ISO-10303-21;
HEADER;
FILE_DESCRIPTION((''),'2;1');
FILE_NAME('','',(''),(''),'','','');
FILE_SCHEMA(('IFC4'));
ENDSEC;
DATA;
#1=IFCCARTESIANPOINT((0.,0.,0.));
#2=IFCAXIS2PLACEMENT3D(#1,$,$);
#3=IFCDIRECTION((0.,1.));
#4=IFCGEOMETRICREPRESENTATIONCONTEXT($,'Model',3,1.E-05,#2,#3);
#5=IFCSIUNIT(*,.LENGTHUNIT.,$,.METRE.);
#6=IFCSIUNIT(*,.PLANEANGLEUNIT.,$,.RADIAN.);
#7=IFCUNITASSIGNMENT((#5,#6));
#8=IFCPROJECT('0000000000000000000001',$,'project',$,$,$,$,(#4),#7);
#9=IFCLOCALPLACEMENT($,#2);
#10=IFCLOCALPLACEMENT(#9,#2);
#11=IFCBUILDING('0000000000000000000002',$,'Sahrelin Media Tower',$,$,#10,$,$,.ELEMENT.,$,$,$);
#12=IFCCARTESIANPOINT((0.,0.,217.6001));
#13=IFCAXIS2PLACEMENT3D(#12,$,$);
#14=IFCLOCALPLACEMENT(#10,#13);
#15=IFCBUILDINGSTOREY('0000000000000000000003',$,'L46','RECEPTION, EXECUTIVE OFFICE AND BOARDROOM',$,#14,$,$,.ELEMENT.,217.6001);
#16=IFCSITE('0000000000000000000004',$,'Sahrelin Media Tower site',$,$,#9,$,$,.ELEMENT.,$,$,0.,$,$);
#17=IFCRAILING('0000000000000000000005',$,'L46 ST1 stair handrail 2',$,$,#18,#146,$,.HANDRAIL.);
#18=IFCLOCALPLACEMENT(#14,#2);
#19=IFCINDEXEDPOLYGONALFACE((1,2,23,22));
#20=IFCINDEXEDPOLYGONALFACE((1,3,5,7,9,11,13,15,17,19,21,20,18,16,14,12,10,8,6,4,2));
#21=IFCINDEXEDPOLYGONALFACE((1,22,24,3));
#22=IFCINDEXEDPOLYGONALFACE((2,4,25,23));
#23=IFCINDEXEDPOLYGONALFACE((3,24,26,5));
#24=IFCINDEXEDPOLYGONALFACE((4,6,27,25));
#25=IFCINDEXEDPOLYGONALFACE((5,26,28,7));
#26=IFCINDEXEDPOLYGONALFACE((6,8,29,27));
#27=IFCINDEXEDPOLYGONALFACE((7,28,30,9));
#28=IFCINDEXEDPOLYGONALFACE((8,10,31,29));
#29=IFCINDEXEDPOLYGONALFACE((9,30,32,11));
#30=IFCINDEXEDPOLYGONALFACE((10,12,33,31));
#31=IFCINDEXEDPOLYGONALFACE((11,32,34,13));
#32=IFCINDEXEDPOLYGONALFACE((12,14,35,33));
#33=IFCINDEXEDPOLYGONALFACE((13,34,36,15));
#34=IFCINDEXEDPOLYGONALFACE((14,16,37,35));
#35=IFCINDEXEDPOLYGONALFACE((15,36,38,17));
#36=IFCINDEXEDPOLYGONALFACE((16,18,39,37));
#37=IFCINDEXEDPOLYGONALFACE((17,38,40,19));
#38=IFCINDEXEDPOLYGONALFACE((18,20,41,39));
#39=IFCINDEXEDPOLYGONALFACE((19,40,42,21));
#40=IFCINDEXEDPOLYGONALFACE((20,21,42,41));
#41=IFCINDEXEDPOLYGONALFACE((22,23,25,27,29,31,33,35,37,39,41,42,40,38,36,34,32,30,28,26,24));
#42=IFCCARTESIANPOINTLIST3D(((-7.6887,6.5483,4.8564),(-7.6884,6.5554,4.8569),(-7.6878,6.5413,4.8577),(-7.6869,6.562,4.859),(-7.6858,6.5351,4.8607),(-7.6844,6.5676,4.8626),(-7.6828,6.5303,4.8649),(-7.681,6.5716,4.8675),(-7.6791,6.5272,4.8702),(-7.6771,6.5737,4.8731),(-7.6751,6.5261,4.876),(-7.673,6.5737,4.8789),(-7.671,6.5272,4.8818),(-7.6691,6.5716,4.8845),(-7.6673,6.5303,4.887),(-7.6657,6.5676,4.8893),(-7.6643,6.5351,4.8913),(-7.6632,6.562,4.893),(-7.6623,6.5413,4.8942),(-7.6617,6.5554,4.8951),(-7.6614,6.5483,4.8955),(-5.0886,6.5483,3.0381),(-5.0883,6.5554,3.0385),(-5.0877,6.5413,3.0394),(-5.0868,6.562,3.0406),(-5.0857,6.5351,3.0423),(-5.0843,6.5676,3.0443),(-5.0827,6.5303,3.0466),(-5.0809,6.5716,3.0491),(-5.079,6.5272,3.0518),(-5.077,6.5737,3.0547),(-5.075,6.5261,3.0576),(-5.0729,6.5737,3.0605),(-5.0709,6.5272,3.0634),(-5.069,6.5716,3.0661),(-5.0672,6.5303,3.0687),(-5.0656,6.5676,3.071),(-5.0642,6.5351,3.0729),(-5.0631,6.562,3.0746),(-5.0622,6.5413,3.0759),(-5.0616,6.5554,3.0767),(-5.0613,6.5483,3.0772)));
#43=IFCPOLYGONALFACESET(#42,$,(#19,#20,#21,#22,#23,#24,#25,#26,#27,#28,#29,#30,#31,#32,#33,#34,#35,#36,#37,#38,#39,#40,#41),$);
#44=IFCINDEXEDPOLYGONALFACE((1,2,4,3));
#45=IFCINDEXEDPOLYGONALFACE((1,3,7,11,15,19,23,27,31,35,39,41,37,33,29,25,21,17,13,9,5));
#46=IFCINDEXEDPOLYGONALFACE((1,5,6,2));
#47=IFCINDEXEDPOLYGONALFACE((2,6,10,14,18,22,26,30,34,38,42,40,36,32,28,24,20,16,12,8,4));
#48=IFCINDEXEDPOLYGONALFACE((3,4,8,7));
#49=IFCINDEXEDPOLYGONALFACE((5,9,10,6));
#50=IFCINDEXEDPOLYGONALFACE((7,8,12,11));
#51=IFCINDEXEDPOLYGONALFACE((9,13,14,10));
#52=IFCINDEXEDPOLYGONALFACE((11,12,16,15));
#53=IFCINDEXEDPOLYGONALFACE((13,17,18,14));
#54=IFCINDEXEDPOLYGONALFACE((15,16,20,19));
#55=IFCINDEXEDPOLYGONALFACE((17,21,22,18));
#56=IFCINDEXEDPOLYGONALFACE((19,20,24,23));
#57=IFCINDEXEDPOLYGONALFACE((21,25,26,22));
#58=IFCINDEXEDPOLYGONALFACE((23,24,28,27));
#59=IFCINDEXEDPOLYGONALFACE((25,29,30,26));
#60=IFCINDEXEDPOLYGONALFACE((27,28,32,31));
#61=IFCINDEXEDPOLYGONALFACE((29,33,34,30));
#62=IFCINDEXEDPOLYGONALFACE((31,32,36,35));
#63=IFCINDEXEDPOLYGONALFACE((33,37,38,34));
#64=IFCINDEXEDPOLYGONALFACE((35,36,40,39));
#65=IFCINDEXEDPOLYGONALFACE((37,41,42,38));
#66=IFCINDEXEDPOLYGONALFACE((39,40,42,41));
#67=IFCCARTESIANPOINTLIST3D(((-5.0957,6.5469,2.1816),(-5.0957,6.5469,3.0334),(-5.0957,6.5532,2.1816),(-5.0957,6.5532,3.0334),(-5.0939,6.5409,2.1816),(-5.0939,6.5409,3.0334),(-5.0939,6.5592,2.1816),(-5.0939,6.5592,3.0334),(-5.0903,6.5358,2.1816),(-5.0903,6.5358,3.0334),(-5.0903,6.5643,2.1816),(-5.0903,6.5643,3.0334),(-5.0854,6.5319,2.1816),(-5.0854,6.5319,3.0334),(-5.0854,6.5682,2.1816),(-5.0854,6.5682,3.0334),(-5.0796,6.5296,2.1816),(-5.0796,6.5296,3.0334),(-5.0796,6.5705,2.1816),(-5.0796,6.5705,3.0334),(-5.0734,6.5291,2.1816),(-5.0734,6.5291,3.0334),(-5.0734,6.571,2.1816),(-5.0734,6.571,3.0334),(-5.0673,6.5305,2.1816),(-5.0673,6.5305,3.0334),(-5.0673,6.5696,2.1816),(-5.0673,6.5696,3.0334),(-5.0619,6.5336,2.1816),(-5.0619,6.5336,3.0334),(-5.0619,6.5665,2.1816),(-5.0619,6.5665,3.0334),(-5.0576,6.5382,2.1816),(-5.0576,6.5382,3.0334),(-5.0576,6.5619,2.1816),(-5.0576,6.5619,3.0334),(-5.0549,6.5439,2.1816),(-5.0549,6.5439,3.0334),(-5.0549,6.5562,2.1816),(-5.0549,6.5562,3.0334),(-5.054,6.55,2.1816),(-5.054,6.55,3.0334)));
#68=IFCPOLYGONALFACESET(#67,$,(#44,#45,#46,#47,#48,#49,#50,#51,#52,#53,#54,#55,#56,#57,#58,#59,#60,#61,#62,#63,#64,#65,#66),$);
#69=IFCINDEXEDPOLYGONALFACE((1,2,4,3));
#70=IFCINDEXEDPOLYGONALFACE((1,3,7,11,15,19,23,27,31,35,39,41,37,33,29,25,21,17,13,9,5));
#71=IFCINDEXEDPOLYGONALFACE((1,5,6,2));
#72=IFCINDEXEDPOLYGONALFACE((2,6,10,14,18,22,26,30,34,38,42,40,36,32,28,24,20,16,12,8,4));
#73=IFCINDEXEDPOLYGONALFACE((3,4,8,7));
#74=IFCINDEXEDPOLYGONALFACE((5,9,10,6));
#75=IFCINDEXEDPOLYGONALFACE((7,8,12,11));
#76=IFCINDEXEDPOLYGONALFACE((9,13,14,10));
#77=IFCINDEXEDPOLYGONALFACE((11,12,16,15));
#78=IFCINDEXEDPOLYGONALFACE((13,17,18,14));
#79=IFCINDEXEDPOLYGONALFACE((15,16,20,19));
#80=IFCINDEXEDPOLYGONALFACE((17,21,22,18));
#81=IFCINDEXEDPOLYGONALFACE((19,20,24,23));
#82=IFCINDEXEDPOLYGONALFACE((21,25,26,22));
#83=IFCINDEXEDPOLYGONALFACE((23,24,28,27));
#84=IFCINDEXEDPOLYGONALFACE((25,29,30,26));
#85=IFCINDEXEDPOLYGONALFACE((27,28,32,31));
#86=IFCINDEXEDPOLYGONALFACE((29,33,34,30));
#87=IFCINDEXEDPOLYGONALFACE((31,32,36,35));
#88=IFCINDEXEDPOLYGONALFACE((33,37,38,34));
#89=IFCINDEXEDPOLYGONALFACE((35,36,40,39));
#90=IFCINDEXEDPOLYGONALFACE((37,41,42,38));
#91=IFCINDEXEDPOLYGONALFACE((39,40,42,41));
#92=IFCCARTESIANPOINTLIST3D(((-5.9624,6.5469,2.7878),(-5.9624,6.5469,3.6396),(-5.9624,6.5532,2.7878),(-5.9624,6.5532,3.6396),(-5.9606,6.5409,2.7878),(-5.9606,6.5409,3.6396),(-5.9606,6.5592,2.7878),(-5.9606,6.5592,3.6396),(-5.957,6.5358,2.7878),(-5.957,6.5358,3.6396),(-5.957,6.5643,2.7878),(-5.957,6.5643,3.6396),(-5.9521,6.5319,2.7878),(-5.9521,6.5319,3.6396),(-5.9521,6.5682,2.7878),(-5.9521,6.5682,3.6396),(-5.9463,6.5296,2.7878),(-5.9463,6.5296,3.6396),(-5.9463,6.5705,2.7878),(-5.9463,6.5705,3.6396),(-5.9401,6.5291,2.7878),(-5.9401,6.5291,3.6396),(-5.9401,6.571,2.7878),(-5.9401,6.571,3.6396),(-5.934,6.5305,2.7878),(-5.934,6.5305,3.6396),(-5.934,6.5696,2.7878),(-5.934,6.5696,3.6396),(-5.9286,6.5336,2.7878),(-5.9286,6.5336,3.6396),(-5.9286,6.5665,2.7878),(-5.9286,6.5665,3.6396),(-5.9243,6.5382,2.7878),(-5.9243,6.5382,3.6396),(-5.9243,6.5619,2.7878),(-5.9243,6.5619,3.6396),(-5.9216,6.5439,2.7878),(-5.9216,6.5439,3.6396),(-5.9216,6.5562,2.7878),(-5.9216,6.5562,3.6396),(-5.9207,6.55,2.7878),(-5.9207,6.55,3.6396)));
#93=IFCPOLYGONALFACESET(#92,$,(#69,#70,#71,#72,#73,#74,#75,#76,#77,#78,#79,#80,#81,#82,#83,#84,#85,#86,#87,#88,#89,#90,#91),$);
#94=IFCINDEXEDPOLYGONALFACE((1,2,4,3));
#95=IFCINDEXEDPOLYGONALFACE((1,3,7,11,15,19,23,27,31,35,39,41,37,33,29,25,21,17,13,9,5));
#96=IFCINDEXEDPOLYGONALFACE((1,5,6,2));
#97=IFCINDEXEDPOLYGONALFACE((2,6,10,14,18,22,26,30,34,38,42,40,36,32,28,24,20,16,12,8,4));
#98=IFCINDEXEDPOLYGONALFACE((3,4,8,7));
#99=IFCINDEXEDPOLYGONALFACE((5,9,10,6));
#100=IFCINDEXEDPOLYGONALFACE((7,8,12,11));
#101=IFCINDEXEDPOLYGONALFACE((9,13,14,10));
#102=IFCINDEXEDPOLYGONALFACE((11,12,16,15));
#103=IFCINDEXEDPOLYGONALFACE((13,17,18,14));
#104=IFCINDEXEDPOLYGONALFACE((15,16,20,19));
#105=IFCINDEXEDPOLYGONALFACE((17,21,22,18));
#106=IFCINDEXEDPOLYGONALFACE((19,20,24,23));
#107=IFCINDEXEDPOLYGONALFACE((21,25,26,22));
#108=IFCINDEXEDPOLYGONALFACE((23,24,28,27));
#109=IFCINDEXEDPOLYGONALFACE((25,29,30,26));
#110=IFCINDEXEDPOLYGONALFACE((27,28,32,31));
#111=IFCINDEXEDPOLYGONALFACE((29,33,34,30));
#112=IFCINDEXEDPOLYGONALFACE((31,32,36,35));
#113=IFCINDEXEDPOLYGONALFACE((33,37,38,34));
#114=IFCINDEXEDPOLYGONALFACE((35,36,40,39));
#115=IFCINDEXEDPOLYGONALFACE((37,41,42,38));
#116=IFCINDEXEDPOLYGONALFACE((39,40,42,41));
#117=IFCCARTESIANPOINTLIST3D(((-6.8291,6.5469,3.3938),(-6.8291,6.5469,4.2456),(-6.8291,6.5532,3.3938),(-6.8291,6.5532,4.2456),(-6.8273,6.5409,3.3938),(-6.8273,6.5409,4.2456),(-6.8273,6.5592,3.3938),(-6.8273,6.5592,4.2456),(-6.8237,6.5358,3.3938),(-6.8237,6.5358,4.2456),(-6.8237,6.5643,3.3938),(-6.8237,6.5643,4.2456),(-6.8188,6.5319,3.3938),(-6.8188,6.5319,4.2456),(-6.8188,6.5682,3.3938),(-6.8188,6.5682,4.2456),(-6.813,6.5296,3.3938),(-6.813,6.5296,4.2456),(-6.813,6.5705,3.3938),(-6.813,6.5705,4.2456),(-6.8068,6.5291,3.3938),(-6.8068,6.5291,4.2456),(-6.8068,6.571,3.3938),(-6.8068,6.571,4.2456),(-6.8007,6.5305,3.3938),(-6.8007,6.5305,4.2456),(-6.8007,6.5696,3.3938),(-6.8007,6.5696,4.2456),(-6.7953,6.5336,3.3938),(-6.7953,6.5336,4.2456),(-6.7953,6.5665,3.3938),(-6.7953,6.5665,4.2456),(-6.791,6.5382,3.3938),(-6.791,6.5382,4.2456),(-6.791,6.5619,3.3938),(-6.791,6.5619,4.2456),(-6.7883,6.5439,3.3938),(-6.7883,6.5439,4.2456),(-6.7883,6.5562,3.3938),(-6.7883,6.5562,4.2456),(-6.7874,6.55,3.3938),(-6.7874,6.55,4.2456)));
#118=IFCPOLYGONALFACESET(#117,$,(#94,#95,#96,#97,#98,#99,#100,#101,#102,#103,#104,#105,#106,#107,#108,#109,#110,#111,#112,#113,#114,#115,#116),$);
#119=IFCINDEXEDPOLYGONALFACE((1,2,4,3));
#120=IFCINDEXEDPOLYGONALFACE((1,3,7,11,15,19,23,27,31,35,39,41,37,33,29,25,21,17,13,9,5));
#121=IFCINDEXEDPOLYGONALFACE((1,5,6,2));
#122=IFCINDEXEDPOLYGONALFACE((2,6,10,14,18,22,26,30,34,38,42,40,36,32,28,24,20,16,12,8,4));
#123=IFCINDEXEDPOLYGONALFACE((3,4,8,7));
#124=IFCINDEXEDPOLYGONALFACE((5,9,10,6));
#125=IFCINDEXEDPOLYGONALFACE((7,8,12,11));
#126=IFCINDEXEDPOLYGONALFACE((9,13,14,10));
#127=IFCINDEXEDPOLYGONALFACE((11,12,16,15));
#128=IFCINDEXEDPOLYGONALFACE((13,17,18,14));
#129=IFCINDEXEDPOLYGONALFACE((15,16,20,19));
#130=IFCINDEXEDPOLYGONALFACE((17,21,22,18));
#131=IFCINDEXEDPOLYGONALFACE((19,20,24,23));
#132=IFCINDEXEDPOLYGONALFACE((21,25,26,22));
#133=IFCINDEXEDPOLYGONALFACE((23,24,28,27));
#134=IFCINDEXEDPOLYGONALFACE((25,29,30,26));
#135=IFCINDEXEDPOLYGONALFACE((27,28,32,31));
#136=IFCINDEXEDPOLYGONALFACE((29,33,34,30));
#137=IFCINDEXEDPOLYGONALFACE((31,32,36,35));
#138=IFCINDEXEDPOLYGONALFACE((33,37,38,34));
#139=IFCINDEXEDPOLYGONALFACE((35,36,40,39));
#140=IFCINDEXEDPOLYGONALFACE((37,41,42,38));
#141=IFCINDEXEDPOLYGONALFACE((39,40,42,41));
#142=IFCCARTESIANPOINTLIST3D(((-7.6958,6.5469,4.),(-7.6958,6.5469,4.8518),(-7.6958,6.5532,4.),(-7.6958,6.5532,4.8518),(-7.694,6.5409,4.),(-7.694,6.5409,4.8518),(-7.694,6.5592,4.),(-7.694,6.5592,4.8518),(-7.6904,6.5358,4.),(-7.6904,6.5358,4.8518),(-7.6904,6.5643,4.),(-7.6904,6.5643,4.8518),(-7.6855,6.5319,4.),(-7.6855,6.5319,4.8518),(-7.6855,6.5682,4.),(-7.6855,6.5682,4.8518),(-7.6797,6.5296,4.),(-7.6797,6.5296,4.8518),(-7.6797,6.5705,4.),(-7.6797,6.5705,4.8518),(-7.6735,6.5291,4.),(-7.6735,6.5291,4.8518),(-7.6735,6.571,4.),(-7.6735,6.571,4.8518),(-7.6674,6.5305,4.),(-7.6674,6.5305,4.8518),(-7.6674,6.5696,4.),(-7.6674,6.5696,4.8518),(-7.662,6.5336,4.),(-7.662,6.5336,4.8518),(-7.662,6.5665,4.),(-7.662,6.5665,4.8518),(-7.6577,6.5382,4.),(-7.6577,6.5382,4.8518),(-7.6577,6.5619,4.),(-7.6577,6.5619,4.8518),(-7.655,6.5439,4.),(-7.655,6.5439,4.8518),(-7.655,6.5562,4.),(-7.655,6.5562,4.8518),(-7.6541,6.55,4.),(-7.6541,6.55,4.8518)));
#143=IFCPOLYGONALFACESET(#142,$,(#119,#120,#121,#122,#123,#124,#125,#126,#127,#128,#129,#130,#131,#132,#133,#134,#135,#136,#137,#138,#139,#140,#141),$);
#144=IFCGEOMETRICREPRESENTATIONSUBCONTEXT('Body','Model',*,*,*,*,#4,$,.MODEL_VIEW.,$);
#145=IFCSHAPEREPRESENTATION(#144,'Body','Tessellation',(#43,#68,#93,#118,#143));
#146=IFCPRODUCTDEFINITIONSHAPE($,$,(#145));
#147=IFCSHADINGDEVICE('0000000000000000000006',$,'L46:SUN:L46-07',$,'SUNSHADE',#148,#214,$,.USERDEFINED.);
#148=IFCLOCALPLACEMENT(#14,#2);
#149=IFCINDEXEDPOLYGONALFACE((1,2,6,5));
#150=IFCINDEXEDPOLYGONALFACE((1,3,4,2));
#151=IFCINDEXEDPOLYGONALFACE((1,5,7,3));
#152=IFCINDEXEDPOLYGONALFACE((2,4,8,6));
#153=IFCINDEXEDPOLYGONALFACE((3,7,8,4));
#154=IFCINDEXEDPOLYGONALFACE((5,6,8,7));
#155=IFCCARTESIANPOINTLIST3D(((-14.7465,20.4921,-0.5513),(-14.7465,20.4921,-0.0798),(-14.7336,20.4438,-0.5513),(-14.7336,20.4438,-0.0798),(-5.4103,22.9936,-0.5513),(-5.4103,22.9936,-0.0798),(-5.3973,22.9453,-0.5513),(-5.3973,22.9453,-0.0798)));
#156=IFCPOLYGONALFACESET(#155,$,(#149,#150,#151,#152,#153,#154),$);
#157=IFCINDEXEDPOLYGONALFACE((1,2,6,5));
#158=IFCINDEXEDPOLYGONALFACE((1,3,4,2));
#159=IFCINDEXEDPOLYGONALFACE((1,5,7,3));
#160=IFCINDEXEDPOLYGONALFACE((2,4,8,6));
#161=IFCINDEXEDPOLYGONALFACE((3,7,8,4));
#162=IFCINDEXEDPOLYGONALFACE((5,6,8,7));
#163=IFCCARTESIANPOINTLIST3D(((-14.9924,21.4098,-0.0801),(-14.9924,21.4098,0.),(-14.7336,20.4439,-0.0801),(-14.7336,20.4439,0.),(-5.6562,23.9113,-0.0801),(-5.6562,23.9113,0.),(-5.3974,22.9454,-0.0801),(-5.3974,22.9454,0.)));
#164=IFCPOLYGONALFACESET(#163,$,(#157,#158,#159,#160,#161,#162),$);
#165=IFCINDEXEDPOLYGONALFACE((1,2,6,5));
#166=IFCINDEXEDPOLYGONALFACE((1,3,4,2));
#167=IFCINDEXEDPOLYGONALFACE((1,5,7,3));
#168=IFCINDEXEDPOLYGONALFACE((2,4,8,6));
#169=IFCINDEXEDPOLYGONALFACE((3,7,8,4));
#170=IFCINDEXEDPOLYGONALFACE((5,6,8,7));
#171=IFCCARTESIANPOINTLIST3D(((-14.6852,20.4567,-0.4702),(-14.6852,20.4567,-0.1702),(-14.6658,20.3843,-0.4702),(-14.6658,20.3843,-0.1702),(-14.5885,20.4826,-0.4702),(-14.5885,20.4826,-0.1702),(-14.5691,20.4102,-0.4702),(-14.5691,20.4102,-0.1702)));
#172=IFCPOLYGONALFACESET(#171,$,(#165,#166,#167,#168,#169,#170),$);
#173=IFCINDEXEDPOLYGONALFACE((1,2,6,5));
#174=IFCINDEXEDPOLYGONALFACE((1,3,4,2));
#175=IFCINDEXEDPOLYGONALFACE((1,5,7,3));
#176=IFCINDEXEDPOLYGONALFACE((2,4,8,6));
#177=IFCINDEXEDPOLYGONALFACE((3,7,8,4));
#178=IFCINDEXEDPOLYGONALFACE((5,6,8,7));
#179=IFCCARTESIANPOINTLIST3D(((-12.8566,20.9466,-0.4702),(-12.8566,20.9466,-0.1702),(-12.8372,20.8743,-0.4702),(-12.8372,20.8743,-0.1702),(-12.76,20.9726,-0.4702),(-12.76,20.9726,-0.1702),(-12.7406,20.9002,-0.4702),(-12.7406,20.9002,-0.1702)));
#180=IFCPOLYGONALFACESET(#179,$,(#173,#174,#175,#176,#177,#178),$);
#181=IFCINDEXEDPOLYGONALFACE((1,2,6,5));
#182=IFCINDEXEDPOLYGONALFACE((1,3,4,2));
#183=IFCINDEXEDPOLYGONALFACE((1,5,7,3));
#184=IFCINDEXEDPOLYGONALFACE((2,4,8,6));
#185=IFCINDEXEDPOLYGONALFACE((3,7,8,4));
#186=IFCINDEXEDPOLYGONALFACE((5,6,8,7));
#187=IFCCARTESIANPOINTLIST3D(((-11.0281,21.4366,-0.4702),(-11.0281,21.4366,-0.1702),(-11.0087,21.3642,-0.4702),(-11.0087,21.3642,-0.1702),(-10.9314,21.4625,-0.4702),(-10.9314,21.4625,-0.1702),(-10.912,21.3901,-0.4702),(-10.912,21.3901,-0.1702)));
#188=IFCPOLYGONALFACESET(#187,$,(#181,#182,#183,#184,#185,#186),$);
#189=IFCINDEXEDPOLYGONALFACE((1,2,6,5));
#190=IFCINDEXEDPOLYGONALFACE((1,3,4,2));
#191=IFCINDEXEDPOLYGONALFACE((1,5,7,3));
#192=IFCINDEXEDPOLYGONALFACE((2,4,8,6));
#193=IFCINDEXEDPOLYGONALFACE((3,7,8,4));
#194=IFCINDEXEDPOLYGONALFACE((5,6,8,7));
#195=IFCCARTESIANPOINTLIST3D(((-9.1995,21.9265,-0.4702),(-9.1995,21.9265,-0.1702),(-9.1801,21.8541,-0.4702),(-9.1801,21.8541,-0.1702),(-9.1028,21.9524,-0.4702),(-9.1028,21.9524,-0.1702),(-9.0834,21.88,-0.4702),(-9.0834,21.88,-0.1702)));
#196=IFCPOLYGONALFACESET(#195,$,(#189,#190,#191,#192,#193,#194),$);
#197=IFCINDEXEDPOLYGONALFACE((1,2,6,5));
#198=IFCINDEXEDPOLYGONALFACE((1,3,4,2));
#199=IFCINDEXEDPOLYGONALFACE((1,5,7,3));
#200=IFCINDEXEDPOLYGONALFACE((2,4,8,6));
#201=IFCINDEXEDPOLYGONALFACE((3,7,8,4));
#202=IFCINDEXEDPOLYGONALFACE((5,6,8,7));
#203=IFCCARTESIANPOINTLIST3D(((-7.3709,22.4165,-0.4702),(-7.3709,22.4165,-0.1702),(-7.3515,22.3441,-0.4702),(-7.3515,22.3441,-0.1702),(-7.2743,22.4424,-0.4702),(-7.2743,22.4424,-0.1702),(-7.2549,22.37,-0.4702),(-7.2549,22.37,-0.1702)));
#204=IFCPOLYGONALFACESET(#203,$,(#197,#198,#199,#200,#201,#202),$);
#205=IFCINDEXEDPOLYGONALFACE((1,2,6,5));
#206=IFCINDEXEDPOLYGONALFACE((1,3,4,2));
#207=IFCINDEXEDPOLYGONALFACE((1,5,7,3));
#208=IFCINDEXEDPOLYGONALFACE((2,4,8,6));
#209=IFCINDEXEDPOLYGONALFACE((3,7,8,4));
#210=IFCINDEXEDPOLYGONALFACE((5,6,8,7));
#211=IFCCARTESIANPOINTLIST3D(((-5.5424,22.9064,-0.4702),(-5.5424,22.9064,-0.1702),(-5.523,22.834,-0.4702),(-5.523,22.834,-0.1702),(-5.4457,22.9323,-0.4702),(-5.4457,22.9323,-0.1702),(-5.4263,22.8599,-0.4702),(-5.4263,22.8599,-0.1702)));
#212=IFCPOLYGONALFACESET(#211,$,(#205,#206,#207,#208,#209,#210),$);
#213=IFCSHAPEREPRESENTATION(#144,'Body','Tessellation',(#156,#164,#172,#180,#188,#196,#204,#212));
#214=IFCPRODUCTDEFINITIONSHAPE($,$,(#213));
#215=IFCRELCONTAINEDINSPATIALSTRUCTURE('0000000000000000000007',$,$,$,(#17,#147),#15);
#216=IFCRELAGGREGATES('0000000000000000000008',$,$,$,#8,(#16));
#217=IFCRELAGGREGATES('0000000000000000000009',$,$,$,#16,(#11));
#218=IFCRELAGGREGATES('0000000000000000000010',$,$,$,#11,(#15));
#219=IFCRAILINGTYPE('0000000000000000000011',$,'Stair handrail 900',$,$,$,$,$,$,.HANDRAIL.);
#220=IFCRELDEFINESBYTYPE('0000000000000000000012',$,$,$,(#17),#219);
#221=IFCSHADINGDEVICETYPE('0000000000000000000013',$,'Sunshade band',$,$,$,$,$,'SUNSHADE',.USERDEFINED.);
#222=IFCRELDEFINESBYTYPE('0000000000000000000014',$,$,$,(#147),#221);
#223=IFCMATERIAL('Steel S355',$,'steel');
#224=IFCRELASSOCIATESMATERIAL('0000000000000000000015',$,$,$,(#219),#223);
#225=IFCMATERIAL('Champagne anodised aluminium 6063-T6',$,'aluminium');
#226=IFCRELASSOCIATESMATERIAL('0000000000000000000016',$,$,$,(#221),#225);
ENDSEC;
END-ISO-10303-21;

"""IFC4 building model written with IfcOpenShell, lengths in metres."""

from ifc_helpers import new_model, si_unit, direction, frame, origin, origin_2d, place, context, subcontext, project, spatial, rectangle, circle, extrude, material, type_object, element, save


model = new_model("IFC4")

# Units and contexts
model_context = context("Model", 3, precision=1e-05, world=origin(), true_north=direction((0.0, 1.0)))
body_context = subcontext(model_context, "Body", "Model", "MODEL_VIEW")
ifc_project = project(units=[si_unit("LENGTHUNIT", "METRE"), si_unit("PLANEANGLEUNIT", "RADIAN")], contexts=[model_context])

# Site, building, storey
site_placement = place(None, origin())
site = spatial("IfcSite", under=ifc_project, at=site_placement, Name="Sahrelin Media Tower site", CompositionType="ELEMENT", RefElevation=0.0)
building_placement = place(site_placement, origin())
building = spatial("IfcBuilding", under=site, at=building_placement, Name="Sahrelin Media Tower", CompositionType="ELEMENT")
storey_placement = place(building_placement, frame((0.0, 0.0, 217.6001)))
storey = spatial("IfcBuildingStorey", under=building, at=storey_placement, Name="L46", Description="RECEPTION, EXECUTIVE OFFICE AND BOARDROOM", CompositionType="ELEMENT", Elevation=217.6001)

# Shared definitions
ifc_material_1 = material(Name="Steel S355", Category="steel")

# Shared definitions
ifc_material_2 = material(Name="Champagne anodised aluminium 6063-T6", Category="aluminium")

# Shared definitions
placement = place(storey_placement, frame((-10.0603, 21.6753, 0.0), z_axis=(0.0, 0.0, 1.0), x_axis=(0.965929, 0.258808, 0.0)))

# Railing
railing_type = type_object("IfcRailingType", Name="Stair handrail 900", PredefinedType="HANDRAIL", material=ifc_material_1)
railing_placement = place(storey_placement, frame((-5.075, 6.55, 2.1816)))
element("IfcRailing", 1, at=railing_placement, inside=storey, type_object=railing_type, Name="L46 ST1 stair handrail 2", PredefinedType="HANDRAIL", context=body_context, shape_type="SweptSolid", body=[
    extrude(circle(Radius=0.0239, at=origin_2d()), frame((0.0, 0.0, 0.876), z_axis=(-0.819485, 0.0, 0.573101), x_axis=(0.0, -1.0, 0.0)), (0.0, 0.0, 1.0), 3.1729),
    extrude(circle(Radius=0.021, at=origin_2d()), origin(), (0.0, 0.0, 1.0), 0.8518),
    extrude(circle(Radius=0.021, at=origin_2d()), frame((-0.8667, 0.0, 0.6062)), (0.0, 0.0, 1.0), 0.8518),
    extrude(circle(Radius=0.021, at=origin_2d()), frame((-1.7334, 0.0, 1.2122)), (0.0, 0.0, 1.0), 0.8518),
    extrude(circle(Radius=0.021, at=origin_2d()), frame((-2.6001, 0.0, 1.8184)), (0.0, 0.0, 1.0), 0.8518),
])

# Shading device
shading_device_type_1 = type_object("IfcShadingDeviceType", Name="Sunshade band", ElementType="SUNSHADE", PredefinedType="USERDEFINED", material=ifc_material_2)
element("IfcShadingDevice", 2, at=placement, inside=storey, type_object=shading_device_type_1, Name="L46:SUN:L46-07", ObjectType="SUNSHADE", PredefinedType="USERDEFINED", context=body_context, shape_type="SweptSolid", body=[
    extrude(rectangle(XDim=9.6655, YDim=0.05, at=origin_2d()), frame((0.0, 0.0449, -0.5513)), (0.0, 0.0, 1.0), 0.4714),
    extrude(rectangle(XDim=9.6655, YDim=1.0, at=origin_2d()), frame((0.0, 0.52, -0.0801)), (0.0, 0.0, 1.0), 0.0801),
    extrude(rectangle(XDim=0.1001, YDim=0.075, at=origin_2d()), frame((-4.7327, -0.0176, -0.4702)), (0.0, 0.0, 1.0), 0.3),
    extrude(rectangle(XDim=0.1001, YDim=0.075, at=origin_2d()), frame((-2.8396, -0.0176, -0.4702)), (0.0, 0.0, 1.0), 0.3),
    extrude(rectangle(XDim=0.1001, YDim=0.075, at=origin_2d()), frame((-0.9465, -0.0176, -0.4702)), (0.0, 0.0, 1.0), 0.3),
    extrude(rectangle(XDim=0.1001, YDim=0.075, at=origin_2d()), frame((0.9465, -0.0176, -0.4702)), (0.0, 0.0, 1.0), 0.3),
    extrude(rectangle(XDim=0.1001, YDim=0.075, at=origin_2d()), frame((2.8396, -0.0176, -0.4702)), (0.0, 0.0, 1.0), 0.3),
    extrude(rectangle(XDim=0.1001, YDim=0.075, at=origin_2d()), frame((4.7327, -0.0176, -0.4702)), (0.0, 0.0, 1.0), 0.3),
])

save(model, "model.ifc")
